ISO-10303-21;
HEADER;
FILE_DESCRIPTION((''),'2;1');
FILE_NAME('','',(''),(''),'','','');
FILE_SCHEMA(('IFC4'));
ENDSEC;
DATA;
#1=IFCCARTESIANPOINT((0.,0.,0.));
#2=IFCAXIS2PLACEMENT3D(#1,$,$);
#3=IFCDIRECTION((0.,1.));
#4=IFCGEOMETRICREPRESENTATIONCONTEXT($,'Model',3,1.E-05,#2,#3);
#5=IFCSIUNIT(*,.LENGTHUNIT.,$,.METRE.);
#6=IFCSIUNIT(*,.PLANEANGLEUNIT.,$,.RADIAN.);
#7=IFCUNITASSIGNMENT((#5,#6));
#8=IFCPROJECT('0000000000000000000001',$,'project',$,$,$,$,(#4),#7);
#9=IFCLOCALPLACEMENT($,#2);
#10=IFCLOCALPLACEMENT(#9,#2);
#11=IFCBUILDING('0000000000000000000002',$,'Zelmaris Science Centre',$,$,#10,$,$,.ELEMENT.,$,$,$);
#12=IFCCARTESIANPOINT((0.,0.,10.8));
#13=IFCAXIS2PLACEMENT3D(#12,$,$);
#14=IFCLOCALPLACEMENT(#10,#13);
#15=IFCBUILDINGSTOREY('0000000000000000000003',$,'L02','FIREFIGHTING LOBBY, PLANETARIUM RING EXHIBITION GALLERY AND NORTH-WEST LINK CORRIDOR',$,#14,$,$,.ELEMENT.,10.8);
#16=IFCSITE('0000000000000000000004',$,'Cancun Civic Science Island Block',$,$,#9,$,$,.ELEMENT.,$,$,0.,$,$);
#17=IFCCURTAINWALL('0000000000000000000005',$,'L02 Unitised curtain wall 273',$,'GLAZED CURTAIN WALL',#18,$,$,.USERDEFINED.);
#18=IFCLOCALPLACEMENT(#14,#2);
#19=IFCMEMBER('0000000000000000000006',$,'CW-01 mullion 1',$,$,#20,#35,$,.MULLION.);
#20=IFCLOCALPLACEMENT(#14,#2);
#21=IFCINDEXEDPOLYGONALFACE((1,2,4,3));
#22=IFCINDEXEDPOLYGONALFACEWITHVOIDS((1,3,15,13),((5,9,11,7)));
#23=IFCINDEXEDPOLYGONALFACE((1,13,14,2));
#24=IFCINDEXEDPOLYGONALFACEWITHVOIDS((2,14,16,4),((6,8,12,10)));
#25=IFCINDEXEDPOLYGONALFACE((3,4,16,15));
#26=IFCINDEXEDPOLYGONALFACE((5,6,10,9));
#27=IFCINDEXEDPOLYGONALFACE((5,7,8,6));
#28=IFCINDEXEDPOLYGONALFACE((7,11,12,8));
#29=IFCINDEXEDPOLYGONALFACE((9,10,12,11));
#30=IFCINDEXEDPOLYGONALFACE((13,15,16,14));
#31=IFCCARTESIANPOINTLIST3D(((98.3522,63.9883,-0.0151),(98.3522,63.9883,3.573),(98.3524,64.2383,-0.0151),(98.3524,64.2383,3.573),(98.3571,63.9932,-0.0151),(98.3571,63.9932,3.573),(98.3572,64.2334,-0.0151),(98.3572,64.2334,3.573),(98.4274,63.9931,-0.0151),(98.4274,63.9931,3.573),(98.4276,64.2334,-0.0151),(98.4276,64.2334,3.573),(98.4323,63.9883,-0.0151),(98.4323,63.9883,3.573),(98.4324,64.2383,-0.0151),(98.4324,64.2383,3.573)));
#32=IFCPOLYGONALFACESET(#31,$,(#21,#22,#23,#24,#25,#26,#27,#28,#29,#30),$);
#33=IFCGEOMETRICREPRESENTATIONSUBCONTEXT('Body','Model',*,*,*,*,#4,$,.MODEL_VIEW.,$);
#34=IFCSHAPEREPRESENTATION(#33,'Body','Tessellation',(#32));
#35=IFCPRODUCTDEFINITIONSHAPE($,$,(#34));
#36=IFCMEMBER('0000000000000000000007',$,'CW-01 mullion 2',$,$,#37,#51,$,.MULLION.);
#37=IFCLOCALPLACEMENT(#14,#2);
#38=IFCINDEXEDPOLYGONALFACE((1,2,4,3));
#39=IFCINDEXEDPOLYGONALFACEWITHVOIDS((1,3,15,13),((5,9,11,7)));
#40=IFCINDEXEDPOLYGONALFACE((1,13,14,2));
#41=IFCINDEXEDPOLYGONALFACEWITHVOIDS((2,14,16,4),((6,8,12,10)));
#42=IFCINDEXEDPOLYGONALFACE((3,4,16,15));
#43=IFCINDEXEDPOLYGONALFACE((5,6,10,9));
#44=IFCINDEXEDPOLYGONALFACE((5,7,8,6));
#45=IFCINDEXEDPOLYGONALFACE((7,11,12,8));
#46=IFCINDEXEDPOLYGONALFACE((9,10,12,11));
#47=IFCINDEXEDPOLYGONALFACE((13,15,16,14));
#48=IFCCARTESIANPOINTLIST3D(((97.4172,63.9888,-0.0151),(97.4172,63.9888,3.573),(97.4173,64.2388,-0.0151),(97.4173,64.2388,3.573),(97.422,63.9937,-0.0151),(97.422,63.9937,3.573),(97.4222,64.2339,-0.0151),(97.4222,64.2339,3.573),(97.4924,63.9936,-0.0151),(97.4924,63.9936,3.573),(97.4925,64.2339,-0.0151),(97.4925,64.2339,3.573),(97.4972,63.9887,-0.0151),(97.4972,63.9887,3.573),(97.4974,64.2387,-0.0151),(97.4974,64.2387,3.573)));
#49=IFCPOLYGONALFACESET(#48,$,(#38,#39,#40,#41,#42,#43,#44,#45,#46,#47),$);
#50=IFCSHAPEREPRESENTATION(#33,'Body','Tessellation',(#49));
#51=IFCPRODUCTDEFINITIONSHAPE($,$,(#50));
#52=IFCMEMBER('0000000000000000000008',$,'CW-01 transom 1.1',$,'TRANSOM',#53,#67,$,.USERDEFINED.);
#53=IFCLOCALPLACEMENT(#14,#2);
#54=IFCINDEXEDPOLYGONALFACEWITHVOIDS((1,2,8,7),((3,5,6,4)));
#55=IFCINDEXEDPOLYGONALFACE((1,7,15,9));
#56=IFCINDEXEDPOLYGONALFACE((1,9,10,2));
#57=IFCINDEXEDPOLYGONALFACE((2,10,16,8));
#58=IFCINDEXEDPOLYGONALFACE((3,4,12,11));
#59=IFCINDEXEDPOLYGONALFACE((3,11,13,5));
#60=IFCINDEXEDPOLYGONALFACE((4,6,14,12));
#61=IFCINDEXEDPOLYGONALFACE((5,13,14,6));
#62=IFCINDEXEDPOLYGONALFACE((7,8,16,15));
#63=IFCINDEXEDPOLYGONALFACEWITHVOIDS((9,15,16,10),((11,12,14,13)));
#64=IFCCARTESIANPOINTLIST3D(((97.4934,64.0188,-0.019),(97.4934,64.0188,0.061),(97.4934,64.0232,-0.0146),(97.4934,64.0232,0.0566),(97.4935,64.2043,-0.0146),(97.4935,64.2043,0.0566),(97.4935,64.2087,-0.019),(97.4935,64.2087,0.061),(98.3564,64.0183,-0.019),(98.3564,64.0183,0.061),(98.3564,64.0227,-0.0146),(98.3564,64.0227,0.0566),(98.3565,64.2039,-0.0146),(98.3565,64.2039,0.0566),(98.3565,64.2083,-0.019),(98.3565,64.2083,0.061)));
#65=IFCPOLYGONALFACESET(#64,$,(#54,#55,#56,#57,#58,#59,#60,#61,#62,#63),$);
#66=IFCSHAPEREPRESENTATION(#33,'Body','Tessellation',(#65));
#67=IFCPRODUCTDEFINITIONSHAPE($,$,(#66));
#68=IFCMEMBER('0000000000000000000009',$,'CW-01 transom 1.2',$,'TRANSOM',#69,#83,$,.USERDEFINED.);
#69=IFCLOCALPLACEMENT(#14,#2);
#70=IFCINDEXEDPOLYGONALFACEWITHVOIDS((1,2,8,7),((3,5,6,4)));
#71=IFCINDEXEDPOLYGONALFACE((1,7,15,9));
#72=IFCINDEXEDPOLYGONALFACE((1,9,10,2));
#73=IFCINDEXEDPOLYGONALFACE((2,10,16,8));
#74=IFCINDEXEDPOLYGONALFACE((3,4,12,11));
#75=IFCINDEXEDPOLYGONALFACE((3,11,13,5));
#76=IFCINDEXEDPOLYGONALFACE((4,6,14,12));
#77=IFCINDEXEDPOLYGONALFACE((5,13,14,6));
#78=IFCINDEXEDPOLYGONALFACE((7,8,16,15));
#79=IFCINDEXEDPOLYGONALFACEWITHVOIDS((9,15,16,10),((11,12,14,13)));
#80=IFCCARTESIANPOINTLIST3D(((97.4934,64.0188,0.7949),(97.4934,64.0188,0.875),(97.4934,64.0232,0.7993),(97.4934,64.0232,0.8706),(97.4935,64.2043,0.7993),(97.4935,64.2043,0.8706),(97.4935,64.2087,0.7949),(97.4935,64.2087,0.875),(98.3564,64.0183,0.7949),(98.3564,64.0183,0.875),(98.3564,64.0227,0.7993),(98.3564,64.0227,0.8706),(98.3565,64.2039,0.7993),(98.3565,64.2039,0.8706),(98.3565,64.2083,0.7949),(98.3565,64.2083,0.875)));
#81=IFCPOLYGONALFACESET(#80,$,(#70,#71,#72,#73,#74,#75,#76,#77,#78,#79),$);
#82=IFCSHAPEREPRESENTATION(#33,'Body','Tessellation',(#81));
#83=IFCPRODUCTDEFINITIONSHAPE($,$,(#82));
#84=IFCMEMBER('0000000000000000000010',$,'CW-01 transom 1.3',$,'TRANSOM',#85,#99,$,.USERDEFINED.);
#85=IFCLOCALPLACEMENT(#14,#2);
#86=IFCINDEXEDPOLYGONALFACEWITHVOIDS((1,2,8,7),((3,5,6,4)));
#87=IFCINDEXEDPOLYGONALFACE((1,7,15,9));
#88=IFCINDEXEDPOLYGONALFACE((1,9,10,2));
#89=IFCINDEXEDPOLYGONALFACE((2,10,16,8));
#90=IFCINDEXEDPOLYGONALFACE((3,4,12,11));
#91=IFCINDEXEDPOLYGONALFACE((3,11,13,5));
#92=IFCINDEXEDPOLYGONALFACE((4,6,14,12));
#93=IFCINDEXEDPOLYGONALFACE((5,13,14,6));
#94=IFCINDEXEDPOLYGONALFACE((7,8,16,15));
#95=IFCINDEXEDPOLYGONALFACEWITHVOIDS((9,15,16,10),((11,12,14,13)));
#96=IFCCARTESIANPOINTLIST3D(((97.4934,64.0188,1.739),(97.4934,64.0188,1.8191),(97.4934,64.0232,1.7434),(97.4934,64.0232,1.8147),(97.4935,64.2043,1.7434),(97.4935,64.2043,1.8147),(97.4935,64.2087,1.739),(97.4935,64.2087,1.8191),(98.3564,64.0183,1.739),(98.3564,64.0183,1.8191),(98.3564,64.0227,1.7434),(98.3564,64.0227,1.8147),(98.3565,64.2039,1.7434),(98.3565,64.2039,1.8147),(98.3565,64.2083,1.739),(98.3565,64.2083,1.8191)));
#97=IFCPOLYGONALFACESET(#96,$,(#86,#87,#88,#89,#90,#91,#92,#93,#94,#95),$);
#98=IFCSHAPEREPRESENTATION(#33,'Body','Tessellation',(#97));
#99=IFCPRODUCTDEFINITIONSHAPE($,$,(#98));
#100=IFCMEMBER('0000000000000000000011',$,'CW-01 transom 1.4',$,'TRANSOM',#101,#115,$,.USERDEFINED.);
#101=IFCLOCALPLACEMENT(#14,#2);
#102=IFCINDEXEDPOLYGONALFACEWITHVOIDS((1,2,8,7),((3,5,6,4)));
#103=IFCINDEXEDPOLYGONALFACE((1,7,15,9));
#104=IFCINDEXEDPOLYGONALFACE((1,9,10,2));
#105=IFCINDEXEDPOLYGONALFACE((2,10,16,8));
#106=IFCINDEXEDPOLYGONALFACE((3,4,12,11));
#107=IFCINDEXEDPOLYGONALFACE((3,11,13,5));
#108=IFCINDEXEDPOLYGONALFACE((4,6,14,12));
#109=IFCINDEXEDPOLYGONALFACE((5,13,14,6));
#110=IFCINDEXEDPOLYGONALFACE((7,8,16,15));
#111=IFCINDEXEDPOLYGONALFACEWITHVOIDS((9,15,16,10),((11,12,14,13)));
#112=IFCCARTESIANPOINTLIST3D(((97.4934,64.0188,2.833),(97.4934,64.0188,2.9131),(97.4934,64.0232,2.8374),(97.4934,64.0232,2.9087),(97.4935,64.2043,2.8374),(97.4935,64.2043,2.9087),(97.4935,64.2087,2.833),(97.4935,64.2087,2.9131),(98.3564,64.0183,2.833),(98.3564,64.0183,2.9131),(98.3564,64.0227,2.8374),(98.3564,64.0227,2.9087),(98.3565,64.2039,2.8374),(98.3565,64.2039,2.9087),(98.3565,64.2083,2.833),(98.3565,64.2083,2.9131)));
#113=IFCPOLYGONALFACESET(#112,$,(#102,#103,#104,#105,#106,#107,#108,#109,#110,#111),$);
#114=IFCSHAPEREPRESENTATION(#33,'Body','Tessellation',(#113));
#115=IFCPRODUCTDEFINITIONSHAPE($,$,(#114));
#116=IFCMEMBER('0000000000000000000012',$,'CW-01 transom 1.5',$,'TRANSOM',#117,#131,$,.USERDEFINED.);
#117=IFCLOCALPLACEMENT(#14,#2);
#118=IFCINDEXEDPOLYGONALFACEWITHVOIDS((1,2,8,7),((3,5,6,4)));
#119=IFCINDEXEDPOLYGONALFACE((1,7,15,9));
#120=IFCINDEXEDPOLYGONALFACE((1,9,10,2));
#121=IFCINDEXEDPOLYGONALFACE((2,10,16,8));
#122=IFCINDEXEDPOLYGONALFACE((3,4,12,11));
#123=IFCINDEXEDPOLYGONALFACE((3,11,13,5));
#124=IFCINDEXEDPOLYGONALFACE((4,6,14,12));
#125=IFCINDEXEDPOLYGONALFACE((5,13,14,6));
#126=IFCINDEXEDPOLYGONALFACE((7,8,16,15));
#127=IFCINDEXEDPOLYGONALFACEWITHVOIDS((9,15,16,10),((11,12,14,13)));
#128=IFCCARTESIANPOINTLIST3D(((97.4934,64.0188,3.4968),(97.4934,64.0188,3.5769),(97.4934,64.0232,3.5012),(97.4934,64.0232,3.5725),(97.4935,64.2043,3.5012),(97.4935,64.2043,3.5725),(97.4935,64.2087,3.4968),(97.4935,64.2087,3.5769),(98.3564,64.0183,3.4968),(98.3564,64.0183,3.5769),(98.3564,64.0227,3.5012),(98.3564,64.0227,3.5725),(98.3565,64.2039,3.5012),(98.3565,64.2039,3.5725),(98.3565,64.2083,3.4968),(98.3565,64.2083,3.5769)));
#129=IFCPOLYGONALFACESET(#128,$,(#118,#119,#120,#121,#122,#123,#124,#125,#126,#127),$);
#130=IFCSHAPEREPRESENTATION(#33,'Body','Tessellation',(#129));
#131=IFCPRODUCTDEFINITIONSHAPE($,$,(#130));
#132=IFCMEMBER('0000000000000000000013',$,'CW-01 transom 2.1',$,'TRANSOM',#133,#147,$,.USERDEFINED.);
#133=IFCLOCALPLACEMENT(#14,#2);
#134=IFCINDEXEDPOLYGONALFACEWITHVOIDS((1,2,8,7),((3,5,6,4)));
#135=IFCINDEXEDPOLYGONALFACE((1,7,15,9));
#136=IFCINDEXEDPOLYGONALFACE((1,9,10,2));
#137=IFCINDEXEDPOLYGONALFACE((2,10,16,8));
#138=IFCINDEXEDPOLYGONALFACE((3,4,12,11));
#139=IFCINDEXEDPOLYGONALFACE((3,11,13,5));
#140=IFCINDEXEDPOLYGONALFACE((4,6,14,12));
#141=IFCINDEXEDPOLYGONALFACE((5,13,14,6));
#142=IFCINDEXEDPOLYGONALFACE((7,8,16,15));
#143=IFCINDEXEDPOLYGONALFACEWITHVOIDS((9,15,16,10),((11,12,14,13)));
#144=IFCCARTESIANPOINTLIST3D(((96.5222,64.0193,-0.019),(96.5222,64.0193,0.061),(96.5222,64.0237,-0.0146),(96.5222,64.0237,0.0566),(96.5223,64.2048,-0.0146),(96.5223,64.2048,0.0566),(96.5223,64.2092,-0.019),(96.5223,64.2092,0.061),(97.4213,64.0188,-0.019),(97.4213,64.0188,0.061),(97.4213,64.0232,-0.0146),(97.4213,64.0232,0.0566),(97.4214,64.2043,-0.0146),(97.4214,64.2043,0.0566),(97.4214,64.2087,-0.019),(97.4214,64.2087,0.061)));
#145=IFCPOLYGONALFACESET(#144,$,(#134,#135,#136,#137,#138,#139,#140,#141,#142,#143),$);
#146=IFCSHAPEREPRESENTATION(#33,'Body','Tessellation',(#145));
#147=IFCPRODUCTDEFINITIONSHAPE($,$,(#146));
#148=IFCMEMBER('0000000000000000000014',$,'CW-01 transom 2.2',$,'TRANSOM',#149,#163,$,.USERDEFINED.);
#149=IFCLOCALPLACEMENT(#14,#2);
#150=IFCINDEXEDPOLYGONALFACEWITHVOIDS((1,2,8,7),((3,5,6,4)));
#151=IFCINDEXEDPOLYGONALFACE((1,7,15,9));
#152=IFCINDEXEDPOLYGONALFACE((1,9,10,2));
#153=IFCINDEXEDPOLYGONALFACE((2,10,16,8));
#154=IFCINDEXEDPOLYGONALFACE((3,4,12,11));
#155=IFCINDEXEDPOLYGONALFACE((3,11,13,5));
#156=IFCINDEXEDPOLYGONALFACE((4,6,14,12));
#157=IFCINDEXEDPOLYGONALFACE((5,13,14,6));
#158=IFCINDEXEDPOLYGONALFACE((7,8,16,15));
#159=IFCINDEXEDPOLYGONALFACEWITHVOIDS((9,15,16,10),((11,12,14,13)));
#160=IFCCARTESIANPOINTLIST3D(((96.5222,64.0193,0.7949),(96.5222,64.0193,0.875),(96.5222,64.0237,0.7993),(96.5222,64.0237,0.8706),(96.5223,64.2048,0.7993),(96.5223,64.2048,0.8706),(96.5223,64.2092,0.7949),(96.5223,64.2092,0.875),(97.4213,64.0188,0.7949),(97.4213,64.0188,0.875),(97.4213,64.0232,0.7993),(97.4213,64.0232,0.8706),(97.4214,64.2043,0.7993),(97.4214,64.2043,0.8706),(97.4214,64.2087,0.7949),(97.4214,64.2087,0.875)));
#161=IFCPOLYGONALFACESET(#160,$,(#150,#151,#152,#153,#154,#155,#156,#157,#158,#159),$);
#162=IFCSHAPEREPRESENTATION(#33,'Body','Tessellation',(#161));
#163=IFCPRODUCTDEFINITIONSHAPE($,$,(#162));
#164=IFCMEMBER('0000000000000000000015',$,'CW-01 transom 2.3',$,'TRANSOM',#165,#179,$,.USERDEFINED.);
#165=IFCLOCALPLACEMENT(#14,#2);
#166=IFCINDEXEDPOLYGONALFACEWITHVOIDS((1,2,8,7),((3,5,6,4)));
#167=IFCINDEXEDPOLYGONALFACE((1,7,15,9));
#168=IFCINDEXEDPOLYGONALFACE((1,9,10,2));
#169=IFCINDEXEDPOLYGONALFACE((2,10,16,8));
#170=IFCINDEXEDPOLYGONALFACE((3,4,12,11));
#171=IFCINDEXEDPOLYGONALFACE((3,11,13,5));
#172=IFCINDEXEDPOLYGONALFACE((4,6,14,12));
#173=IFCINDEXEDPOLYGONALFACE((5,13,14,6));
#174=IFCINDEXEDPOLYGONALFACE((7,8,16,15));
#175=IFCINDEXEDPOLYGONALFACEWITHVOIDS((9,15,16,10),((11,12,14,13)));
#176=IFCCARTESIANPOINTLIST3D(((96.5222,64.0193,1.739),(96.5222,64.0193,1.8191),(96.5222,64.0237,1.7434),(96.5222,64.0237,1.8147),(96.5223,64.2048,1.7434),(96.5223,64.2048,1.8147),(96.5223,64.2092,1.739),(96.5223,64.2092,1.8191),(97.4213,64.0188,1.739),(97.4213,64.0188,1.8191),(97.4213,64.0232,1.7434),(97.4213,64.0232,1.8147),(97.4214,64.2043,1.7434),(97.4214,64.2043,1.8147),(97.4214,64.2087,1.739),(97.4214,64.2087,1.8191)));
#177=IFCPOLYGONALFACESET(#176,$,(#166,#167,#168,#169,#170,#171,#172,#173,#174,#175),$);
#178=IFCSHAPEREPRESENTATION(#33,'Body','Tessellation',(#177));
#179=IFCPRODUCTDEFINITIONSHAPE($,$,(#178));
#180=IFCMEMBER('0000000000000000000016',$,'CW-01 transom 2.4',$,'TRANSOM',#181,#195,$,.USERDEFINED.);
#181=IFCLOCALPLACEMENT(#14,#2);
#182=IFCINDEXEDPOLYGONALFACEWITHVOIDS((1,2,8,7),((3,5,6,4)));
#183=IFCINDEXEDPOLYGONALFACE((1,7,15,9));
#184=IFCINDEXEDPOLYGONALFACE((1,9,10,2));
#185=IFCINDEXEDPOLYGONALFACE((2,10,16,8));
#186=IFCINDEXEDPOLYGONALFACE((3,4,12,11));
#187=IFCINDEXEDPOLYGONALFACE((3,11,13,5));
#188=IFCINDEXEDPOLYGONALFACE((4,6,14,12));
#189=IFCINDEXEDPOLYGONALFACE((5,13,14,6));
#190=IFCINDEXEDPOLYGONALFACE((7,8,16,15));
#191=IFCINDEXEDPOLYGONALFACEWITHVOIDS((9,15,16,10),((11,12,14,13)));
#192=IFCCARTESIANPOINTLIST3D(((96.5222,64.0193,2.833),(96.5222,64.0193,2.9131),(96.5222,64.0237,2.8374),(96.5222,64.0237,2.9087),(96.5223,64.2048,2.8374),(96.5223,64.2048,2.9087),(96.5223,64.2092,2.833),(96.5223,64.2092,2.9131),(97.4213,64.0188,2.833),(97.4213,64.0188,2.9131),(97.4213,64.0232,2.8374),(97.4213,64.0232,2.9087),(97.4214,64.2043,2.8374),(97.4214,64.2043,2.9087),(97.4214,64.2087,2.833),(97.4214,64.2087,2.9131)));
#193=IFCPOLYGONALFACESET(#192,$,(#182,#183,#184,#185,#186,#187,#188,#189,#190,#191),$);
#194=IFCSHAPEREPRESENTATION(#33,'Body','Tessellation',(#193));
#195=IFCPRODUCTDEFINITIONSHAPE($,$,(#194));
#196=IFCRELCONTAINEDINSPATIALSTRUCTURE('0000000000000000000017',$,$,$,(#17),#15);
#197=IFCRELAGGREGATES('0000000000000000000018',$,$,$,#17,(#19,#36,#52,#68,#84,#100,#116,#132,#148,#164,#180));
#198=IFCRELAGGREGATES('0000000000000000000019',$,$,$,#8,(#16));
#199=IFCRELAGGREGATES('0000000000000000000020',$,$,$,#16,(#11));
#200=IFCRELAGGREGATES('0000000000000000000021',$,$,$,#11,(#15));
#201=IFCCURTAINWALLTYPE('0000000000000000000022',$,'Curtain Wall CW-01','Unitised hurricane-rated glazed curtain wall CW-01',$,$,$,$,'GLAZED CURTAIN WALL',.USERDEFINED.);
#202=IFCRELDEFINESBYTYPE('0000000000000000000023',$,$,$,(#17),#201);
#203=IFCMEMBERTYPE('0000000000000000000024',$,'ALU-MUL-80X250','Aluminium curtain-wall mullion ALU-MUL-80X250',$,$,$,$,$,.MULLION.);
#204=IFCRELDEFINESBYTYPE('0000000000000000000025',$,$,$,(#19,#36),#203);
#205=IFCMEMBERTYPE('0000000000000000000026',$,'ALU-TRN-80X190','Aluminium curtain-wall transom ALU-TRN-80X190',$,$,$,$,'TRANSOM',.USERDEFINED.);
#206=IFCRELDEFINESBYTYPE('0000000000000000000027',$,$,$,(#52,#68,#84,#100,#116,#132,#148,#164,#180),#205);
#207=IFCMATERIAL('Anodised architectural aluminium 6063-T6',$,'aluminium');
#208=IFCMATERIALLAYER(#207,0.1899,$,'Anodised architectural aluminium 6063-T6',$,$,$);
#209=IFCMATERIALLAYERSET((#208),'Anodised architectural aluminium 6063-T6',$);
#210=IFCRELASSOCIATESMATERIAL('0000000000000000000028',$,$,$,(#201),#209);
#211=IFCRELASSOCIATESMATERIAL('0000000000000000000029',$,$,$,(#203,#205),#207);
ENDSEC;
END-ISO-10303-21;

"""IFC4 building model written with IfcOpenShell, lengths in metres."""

from ifc_helpers import new_model, si_unit, direction, frame, origin, origin_2d, place, context, subcontext, project, spatial, hollow_rectangle, extrude, material, layer, layer_set, material_profile, profile_set, type_object, element, aggregate, save


model = new_model("IFC4")

# Units and contexts
model_context = context("Model", 3, precision=1e-05, world=origin(), true_north=direction((0.0, 1.0)))
body_context = subcontext(model_context, "Body", "Model", "MODEL_VIEW")
ifc_project = project(units=[si_unit("LENGTHUNIT", "METRE"), si_unit("PLANEANGLEUNIT", "RADIAN")], contexts=[model_context])

# Site, building, storey
site_placement = place(None, origin())
site = spatial("IfcSite", under=ifc_project, at=site_placement, Name="Cancun Civic Science Island Block", CompositionType="ELEMENT", RefElevation=0.0)
building_placement = place(site_placement, origin())
building = spatial("IfcBuilding", under=site, at=building_placement, Name="Zelmaris Science Centre", CompositionType="ELEMENT")
storey_placement = place(building_placement, frame((0.0, 0.0, 10.8)))
storey = spatial("IfcBuildingStorey", under=building, at=storey_placement, Name="L02", Description="FIREFIGHTING LOBBY, PLANETARIUM RING EXHIBITION GALLERY AND NORTH-WEST LINK CORRIDOR", CompositionType="ELEMENT", Elevation=10.8)

# Curtain wall, members
ifc_material_1 = material(Name="Anodised architectural aluminium 6063-T6", Category="aluminium")
ifc_layer_1 = layer(ifc_material_1, 0.1899, Name="Anodised architectural aluminium 6063-T6")
ifc_layer_set_1 = layer_set([ifc_layer_1], Name="Anodised architectural aluminium 6063-T6")
curtain_wall_type = type_object("IfcCurtainWallType", Name="Curtain Wall CW-01", Description="Unitised hurricane-rated glazed curtain wall CW-01", ElementType="GLAZED CURTAIN WALL", PredefinedType="USERDEFINED", material=ifc_layer_set_1)
curtain_wall_placement = place(storey_placement, origin())
curtain_wall = element("IfcCurtainWall", 1, at=curtain_wall_placement, inside=storey, type_object=curtain_wall_type, Name="L02 Unitised curtain wall 273", ObjectType="GLAZED CURTAIN WALL", PredefinedType="USERDEFINED")
ifc_material_profile_1 = material_profile(ifc_material_1, hollow_rectangle(XDim=0.0801, YDim=0.25, WallThickness=0.0049, at=origin_2d()), Name="ALU-MUL-80X250")
ifc_profile_set_1 = profile_set([ifc_material_profile_1], Name="Anodised architectural aluminium 6063-T6")
member_type_1 = type_object("IfcMemberType", Name="ALU-MUL-80X250", Description="Aluminium curtain-wall mullion ALU-MUL-80X250", PredefinedType="MULLION", material=ifc_profile_set_1)
member_1_placement = place(storey_placement, frame((98.3923, 64.1133, -0.0151), z_axis=(0.0, 0.0, 1.0), x_axis=(-1.0, 0.000595, 0.0)))
member_1 = element("IfcMember", 2, at=member_1_placement, type_object=member_type_1, Name="CW-01 mullion 1", PredefinedType="MULLION", context=body_context, shape_type="SweptSolid", body=[
    extrude(hollow_rectangle(XDim=0.0801, YDim=0.25, WallThickness=0.0049, at=origin_2d()), origin(), (0.0, 0.0, 1.0), 3.5881),
])
member_2_placement = place(storey_placement, frame((97.4573, 64.1138, -0.0151), z_axis=(0.0, 0.0, 1.0), x_axis=(-1.0, 0.000595, 0.0)))
member_2 = element("IfcMember", 3, at=member_2_placement, type_object=member_type_1, Name="CW-01 mullion 2", PredefinedType="MULLION", context=body_context, shape_type="SweptSolid", body=[
    extrude(hollow_rectangle(XDim=0.0801, YDim=0.25, WallThickness=0.0049, at=origin_2d()), origin(), (0.0, 0.0, 1.0), 3.5881),
])
ifc_material_profile_2 = material_profile(ifc_material_1, hollow_rectangle(XDim=0.0801, YDim=0.1899, WallThickness=0.0044, at=origin_2d()), Name="ALU-TRN-80X190")
ifc_profile_set_2 = profile_set([ifc_material_profile_2], Name="Anodised architectural aluminium 6063-T6")
member_type_2 = type_object("IfcMemberType", Name="ALU-TRN-80X190", Description="Aluminium curtain-wall transom ALU-TRN-80X190", ElementType="TRANSOM", PredefinedType="USERDEFINED", material=ifc_profile_set_2)
member_3_placement = place(storey_placement, frame((98.3564, 64.1133, 0.021), z_axis=(-1.0, 0.000566, 0.0), x_axis=(0.0, 0.0, 1.0)))
member_3 = element("IfcMember", 4, at=member_3_placement, type_object=member_type_2, Name="CW-01 transom 1.1", ObjectType="TRANSOM", PredefinedType="USERDEFINED", context=body_context, shape_type="SweptSolid", body=[
    extrude(hollow_rectangle(XDim=0.0801, YDim=0.1899, WallThickness=0.0044, at=origin_2d()), origin(), (0.0, 0.0, 1.0), 0.863),
])
member_4_placement = place(storey_placement, frame((98.3564, 64.1133, 0.835), z_axis=(-1.0, 0.000566, 0.0), x_axis=(0.0, 0.0, 1.0)))
member_4 = element("IfcMember", 5, at=member_4_placement, type_object=member_type_2, Name="CW-01 transom 1.2", ObjectType="TRANSOM", PredefinedType="USERDEFINED", context=body_context, shape_type="SweptSolid", body=[
    extrude(hollow_rectangle(XDim=0.0801, YDim=0.1899, WallThickness=0.0044, at=origin_2d()), origin(), (0.0, 0.0, 1.0), 0.863),
])
member_5_placement = place(storey_placement, frame((98.3564, 64.1133, 1.7791), z_axis=(-1.0, 0.000566, 0.0), x_axis=(0.0, 0.0, 1.0)))
member_5 = element("IfcMember", 6, at=member_5_placement, type_object=member_type_2, Name="CW-01 transom 1.3", ObjectType="TRANSOM", PredefinedType="USERDEFINED", context=body_context, shape_type="SweptSolid", body=[
    extrude(hollow_rectangle(XDim=0.0801, YDim=0.1899, WallThickness=0.0044, at=origin_2d()), origin(), (0.0, 0.0, 1.0), 0.863),
])
member_6_placement = place(storey_placement, frame((98.3564, 64.1133, 2.873), z_axis=(-1.0, 0.000566, 0.0), x_axis=(0.0, 0.0, 1.0)))
member_6 = element("IfcMember", 7, at=member_6_placement, type_object=member_type_2, Name="CW-01 transom 1.4", ObjectType="TRANSOM", PredefinedType="USERDEFINED", context=body_context, shape_type="SweptSolid", body=[
    extrude(hollow_rectangle(XDim=0.0801, YDim=0.1899, WallThickness=0.0044, at=origin_2d()), origin(), (0.0, 0.0, 1.0), 0.863),
])
member_7_placement = place(storey_placement, frame((98.3564, 64.1133, 3.5369), z_axis=(-1.0, 0.000566, 0.0), x_axis=(0.0, 0.0, 1.0)))
member_7 = element("IfcMember", 8, at=member_7_placement, type_object=member_type_2, Name="CW-01 transom 1.5", ObjectType="TRANSOM", PredefinedType="USERDEFINED", context=body_context, shape_type="SweptSolid", body=[
    extrude(hollow_rectangle(XDim=0.0801, YDim=0.1899, WallThickness=0.0044, at=origin_2d()), origin(), (0.0, 0.0, 1.0), 0.863),
])
member_8_placement = place(storey_placement, frame((97.4214, 64.1138, 0.021), z_axis=(-1.0, 0.000543, 0.0), x_axis=(0.0, 0.0, 1.0)))
member_8 = element("IfcMember", 9, at=member_8_placement, type_object=member_type_2, Name="CW-01 transom 2.1", ObjectType="TRANSOM", PredefinedType="USERDEFINED", context=body_context, shape_type="SweptSolid", body=[
    extrude(hollow_rectangle(XDim=0.0801, YDim=0.1899, WallThickness=0.0044, at=origin_2d()), origin(), (0.0, 0.0, 1.0), 0.8992),
])
member_9_placement = place(storey_placement, frame((97.4214, 64.1138, 0.835), z_axis=(-1.0, 0.000543, 0.0), x_axis=(0.0, 0.0, 1.0)))
member_9 = element("IfcMember", 10, at=member_9_placement, type_object=member_type_2, Name="CW-01 transom 2.2", ObjectType="TRANSOM", PredefinedType="USERDEFINED", context=body_context, shape_type="SweptSolid", body=[
    extrude(hollow_rectangle(XDim=0.0801, YDim=0.1899, WallThickness=0.0044, at=origin_2d()), origin(), (0.0, 0.0, 1.0), 0.8992),
])
member_10_placement = place(storey_placement, frame((97.4214, 64.1138, 1.7791), z_axis=(-1.0, 0.000543, 0.0), x_axis=(0.0, 0.0, 1.0)))
member_10 = element("IfcMember", 11, at=member_10_placement, type_object=member_type_2, Name="CW-01 transom 2.3", ObjectType="TRANSOM", PredefinedType="USERDEFINED", context=body_context, shape_type="SweptSolid", body=[
    extrude(hollow_rectangle(XDim=0.0801, YDim=0.1899, WallThickness=0.0044, at=origin_2d()), origin(), (0.0, 0.0, 1.0), 0.8992),
])
member_11_placement = place(storey_placement, frame((97.4214, 64.1138, 2.873), z_axis=(-1.0, 0.000543, 0.0), x_axis=(0.0, 0.0, 1.0)))
member_11 = element("IfcMember", 12, at=member_11_placement, type_object=member_type_2, Name="CW-01 transom 2.4", ObjectType="TRANSOM", PredefinedType="USERDEFINED", context=body_context, shape_type="SweptSolid", body=[
    extrude(hollow_rectangle(XDim=0.0801, YDim=0.1899, WallThickness=0.0044, at=origin_2d()), origin(), (0.0, 0.0, 1.0), 0.8992),
])
aggregate(curtain_wall, [member_1, member_2, member_3, member_4, member_5, member_6, member_7, member_8, member_9, member_10, member_11])

save(model, "model.ifc")
